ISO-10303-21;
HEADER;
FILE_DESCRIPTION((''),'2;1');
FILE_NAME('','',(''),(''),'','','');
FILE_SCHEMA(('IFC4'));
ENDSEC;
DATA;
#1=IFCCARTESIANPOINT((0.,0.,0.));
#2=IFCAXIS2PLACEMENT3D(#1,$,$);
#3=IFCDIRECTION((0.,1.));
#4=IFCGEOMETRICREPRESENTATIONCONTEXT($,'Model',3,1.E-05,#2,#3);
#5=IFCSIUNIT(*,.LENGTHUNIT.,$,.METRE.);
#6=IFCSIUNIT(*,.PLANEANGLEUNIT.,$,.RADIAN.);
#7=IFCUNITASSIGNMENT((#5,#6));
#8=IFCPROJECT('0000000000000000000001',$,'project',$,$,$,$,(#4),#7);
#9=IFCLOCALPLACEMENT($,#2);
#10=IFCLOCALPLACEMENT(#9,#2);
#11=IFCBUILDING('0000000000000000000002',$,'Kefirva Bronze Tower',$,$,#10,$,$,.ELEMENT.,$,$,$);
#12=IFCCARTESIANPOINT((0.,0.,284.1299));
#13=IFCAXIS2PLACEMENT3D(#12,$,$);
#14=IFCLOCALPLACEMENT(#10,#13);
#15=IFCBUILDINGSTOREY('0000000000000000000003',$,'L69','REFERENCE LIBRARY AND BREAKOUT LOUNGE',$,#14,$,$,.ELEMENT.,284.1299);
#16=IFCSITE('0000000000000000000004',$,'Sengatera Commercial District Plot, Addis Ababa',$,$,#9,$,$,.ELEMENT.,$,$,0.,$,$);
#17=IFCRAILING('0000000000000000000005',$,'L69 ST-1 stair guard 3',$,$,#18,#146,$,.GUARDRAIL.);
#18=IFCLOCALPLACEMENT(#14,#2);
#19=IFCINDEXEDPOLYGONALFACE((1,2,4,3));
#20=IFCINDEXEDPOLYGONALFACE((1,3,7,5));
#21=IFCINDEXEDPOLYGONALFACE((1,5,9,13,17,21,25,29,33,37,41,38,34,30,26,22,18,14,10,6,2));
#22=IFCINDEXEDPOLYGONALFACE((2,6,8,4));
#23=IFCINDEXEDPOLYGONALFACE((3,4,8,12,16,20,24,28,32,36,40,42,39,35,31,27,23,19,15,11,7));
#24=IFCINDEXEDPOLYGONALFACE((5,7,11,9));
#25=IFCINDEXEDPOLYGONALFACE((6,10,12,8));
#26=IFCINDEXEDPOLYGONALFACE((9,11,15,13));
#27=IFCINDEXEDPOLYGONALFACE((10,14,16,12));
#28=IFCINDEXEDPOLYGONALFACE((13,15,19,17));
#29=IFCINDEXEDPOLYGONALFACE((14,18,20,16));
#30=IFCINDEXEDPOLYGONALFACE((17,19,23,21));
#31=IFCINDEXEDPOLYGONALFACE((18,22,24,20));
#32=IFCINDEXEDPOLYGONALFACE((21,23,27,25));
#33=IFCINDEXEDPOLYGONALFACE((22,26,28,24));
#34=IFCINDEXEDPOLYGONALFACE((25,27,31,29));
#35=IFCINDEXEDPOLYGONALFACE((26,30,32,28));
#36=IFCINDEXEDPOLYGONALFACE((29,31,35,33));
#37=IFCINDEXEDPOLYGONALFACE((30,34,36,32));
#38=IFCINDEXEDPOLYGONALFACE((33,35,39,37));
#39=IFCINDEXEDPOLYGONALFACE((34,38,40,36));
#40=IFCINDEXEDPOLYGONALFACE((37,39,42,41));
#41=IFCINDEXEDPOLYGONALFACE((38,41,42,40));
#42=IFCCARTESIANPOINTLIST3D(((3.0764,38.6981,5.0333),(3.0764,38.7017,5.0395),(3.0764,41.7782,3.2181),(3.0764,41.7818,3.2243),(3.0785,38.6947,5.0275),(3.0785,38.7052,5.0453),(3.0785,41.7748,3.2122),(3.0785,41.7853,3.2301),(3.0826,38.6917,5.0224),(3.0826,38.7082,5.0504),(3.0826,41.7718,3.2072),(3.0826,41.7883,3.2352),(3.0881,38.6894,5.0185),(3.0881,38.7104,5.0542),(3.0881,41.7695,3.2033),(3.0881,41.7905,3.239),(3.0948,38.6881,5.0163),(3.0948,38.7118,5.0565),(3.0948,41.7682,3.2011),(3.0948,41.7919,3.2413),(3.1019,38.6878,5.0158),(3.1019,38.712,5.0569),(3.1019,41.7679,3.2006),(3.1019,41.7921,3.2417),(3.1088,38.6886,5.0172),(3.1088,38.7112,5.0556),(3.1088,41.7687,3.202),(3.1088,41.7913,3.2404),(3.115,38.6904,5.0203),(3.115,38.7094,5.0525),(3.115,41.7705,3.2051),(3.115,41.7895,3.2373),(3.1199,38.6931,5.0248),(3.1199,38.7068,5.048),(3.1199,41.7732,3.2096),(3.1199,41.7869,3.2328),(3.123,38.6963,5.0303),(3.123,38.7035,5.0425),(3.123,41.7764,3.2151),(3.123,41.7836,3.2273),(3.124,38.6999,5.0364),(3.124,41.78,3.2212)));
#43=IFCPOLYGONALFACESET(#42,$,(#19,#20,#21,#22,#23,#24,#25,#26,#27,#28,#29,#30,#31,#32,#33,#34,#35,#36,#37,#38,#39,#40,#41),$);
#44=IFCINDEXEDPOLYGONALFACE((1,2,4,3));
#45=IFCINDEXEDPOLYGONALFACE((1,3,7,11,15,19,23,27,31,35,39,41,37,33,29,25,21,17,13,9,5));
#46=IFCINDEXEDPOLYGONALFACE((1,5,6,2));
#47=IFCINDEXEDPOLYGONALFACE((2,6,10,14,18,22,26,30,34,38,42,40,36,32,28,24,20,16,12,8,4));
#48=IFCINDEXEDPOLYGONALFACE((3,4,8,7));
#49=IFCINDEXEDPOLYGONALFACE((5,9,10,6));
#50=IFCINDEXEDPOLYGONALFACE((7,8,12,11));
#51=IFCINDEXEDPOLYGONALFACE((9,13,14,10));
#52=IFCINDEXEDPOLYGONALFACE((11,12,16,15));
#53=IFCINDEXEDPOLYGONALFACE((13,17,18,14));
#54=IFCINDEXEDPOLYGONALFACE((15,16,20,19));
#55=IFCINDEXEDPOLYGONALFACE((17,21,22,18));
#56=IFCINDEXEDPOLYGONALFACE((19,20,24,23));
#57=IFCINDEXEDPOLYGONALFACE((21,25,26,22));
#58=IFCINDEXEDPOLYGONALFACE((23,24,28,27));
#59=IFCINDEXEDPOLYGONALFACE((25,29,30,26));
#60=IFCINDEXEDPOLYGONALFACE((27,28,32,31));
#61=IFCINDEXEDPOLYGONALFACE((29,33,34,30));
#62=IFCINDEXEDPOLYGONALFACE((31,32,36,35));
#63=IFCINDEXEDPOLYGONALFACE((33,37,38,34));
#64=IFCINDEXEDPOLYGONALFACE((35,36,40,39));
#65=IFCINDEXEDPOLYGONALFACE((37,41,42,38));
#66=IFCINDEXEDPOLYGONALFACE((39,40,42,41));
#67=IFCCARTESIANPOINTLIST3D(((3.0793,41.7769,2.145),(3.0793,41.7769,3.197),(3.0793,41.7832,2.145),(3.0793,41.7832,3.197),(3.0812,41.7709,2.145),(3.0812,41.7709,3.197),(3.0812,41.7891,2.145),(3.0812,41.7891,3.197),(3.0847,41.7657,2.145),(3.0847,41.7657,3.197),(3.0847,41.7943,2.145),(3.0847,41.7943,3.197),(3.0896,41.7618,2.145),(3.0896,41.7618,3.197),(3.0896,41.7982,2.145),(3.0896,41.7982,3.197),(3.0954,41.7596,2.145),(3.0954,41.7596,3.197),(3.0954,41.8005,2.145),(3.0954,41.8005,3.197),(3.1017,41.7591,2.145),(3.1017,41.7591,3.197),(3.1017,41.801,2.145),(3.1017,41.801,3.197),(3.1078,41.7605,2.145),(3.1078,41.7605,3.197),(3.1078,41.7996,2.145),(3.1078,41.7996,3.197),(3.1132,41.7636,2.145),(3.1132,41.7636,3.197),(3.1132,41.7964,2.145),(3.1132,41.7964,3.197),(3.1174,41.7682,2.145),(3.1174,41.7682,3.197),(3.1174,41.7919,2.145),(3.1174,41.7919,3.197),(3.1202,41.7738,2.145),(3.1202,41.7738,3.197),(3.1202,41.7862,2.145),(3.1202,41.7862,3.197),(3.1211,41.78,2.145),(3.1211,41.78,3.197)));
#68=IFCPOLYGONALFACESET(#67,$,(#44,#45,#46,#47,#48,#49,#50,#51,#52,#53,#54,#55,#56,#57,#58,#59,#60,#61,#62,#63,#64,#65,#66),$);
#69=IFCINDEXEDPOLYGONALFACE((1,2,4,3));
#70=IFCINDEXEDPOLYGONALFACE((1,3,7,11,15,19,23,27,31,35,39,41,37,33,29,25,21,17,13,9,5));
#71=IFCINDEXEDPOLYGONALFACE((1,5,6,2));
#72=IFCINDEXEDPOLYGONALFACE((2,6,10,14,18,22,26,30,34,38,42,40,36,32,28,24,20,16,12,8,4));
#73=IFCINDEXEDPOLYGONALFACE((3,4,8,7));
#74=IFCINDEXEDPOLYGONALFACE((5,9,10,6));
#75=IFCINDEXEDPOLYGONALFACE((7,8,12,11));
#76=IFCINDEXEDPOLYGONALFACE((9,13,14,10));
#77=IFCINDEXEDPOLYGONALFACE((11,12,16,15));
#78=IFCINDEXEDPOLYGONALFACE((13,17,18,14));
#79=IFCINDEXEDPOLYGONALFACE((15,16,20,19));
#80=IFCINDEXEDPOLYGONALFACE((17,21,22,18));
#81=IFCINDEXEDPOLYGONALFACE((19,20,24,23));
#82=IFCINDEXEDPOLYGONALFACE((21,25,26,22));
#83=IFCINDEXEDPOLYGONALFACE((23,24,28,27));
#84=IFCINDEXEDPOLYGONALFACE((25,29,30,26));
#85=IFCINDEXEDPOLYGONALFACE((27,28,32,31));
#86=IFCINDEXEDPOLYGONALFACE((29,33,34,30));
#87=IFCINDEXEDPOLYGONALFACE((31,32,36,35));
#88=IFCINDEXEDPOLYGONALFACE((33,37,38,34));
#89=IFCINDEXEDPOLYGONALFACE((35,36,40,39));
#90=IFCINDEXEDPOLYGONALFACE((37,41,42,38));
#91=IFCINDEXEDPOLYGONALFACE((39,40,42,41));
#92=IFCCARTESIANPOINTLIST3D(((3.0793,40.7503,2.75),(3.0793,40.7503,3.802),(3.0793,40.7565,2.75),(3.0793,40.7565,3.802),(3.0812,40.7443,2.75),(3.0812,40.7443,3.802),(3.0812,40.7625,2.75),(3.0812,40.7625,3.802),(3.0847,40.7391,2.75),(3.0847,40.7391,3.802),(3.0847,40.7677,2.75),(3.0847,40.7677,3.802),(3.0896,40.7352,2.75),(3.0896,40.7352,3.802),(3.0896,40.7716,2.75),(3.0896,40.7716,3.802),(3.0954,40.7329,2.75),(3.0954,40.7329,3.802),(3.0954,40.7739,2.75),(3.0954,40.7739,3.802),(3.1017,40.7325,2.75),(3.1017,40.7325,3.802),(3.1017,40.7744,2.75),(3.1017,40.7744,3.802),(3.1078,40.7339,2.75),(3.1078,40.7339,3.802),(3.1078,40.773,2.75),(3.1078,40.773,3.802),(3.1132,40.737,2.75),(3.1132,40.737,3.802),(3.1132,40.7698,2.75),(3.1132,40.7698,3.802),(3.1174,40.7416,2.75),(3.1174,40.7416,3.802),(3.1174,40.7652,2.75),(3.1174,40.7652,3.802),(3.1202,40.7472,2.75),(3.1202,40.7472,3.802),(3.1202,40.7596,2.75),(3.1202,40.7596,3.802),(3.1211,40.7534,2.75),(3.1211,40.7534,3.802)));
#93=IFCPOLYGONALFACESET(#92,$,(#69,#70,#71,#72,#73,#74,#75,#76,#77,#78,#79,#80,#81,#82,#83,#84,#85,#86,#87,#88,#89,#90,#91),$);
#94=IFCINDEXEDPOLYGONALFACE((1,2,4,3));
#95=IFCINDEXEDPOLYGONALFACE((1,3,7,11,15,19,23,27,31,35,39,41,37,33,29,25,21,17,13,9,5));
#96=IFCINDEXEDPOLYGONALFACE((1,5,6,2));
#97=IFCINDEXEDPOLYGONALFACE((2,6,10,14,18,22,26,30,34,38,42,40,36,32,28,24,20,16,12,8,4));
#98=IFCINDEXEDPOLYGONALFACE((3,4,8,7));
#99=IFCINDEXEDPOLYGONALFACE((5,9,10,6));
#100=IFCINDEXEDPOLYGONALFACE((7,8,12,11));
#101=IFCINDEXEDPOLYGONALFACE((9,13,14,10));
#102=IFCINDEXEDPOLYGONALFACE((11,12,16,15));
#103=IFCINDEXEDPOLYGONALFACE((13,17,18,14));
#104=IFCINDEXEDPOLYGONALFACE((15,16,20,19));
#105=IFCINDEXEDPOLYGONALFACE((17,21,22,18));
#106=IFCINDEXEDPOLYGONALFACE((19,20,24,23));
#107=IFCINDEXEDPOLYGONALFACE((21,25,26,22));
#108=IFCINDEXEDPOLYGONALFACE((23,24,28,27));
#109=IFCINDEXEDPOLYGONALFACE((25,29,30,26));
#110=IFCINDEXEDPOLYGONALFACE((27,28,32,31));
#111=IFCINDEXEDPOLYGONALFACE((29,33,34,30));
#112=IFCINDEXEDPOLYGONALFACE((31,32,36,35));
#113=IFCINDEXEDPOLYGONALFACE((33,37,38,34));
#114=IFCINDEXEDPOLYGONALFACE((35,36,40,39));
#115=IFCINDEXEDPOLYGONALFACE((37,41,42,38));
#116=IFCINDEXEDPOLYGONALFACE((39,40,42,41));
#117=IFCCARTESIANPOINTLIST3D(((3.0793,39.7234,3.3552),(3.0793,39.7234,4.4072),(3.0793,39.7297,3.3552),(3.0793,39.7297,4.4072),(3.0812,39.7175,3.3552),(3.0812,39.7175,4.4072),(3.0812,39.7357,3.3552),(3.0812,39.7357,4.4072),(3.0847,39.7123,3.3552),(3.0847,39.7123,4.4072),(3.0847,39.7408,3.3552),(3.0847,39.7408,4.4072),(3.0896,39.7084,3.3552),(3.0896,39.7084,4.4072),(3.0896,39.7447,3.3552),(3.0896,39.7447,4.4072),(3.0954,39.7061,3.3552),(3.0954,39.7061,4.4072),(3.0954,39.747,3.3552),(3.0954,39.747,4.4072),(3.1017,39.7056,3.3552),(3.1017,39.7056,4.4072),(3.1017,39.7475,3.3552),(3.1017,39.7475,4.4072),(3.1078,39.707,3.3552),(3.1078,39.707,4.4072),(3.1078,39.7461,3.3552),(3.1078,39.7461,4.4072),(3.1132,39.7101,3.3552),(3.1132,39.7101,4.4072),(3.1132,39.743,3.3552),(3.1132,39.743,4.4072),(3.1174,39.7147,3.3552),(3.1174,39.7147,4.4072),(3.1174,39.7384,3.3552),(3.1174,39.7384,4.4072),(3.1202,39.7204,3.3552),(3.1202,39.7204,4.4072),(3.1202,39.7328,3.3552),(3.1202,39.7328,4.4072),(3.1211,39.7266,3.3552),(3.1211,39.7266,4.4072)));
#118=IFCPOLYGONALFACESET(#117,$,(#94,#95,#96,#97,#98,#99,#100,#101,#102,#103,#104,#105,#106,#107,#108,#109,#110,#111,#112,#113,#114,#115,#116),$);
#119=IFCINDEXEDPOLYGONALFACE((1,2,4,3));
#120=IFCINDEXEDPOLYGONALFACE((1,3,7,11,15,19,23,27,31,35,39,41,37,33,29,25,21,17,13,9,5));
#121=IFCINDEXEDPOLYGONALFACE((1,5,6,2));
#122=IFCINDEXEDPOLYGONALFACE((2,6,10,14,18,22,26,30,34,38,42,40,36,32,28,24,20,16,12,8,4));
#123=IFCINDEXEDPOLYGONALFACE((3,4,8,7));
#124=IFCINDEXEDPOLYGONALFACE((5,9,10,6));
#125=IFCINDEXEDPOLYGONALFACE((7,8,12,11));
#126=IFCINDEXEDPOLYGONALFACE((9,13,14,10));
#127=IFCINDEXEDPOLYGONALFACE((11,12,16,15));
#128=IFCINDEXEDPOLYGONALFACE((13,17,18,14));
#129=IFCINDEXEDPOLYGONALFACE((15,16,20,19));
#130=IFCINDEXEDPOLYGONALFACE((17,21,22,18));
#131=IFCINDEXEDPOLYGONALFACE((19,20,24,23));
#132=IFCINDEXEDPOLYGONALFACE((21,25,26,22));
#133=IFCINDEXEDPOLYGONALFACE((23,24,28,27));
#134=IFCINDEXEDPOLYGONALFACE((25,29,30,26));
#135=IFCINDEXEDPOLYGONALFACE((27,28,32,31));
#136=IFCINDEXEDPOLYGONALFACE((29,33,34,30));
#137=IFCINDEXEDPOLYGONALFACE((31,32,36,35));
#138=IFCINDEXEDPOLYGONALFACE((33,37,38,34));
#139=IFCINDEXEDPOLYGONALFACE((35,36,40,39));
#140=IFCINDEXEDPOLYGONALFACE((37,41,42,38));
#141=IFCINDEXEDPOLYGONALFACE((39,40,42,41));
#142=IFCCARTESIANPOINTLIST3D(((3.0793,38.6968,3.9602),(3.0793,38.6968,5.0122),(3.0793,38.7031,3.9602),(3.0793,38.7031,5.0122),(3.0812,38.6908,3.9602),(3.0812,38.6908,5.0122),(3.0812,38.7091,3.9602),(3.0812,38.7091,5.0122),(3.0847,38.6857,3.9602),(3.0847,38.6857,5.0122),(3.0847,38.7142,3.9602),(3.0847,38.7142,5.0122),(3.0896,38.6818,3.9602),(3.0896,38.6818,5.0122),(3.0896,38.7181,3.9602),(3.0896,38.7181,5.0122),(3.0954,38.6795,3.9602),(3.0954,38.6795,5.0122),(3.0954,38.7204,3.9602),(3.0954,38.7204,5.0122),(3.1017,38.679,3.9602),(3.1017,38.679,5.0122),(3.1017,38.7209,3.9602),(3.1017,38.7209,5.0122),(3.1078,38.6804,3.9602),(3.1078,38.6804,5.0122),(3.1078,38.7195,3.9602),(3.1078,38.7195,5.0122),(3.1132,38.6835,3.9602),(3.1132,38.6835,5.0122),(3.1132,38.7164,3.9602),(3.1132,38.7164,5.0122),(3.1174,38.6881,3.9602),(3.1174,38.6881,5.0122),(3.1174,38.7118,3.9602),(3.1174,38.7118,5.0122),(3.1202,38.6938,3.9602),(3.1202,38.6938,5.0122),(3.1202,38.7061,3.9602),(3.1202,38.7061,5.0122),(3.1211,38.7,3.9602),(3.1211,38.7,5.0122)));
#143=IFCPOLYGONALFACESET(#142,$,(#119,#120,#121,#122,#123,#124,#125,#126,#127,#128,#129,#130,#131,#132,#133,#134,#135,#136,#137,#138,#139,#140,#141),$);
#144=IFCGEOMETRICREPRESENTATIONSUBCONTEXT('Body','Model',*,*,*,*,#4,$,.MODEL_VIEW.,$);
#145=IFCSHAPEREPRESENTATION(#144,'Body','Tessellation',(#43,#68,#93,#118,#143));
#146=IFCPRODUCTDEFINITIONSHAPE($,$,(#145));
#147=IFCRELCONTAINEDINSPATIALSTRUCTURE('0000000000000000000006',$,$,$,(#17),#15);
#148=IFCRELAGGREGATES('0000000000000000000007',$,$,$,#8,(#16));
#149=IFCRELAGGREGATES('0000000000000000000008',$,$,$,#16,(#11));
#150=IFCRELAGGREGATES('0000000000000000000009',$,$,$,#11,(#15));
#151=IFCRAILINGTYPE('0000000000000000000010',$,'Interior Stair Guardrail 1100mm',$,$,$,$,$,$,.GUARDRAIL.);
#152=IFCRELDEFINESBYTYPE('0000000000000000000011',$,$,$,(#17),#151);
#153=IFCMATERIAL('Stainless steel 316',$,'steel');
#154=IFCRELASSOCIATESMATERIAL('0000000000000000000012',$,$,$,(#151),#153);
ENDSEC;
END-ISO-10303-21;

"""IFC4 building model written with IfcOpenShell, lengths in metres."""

from ifc_helpers import new_model, si_unit, direction, frame, origin, origin_2d, place, context, subcontext, project, spatial, circle, extrude, material, type_object, element, save


model = new_model("IFC4")

# Units and contexts
model_context = context("Model", 3, precision=1e-05, world=origin(), true_north=direction((0.0, 1.0)))
body_context = subcontext(model_context, "Body", "Model", "MODEL_VIEW")
ifc_project = project(units=[si_unit("LENGTHUNIT", "METRE"), si_unit("PLANEANGLEUNIT", "RADIAN")], contexts=[model_context])

# Site, building, storey
site_placement = place(None, origin())
site = spatial("IfcSite", under=ifc_project, at=site_placement, Name="Sengatera Commercial District Plot, Addis Ababa", CompositionType="ELEMENT", RefElevation=0.0)
building_placement = place(site_placement, origin())
building = spatial("IfcBuilding", under=site, at=building_placement, Name="Kefirva Bronze Tower", CompositionType="ELEMENT")
storey_placement = place(building_placement, frame((0.0, 0.0, 284.1299)))
storey = spatial("IfcBuildingStorey", under=building, at=storey_placement, Name="L69", Description="REFERENCE LIBRARY AND BREAKOUT LOUNGE", CompositionType="ELEMENT", Elevation=284.1299)

# Railing
ifc_material_1 = material(Name="Stainless steel 316", Category="steel")
railing_type_1 = type_object("IfcRailingType", Name="Interior Stair Guardrail 1100mm", PredefinedType="GUARDRAIL", material=ifc_material_1)
railing_1_placement = place(storey_placement, frame((3.1001, 41.78, 2.145)))
element("IfcRailing", 1, at=railing_1_placement, inside=storey, type_object=railing_type_1, Name="L69 ST-1 stair guard 3", PredefinedType="GUARDRAIL", context=body_context, shape_type="SweptSolid", body=[
    extrude(circle(Radius=0.0239, at=origin_2d()), frame((0.0, 0.0, 1.0762), z_axis=(0.0, -0.861521, 0.507721), x_axis=(1.0, 0.0, 0.0)), (0.0, 0.0, 1.0), 3.5752),
    extrude(circle(Radius=0.021, at=origin_2d()), origin(), (0.0, 0.0, 1.0), 1.052),
    extrude(circle(Radius=0.021, at=origin_2d()), frame((0.0, -1.0266, 0.605)), (0.0, 0.0, 1.0), 1.052),
    extrude(circle(Radius=0.021, at=origin_2d()), frame((0.0, -2.0535, 1.2102)), (0.0, 0.0, 1.0), 1.052),
    extrude(circle(Radius=0.021, at=origin_2d()), frame((0.0, -3.0801, 1.8152)), (0.0, 0.0, 1.0), 1.052),
])

save(model, "model.ifc")
